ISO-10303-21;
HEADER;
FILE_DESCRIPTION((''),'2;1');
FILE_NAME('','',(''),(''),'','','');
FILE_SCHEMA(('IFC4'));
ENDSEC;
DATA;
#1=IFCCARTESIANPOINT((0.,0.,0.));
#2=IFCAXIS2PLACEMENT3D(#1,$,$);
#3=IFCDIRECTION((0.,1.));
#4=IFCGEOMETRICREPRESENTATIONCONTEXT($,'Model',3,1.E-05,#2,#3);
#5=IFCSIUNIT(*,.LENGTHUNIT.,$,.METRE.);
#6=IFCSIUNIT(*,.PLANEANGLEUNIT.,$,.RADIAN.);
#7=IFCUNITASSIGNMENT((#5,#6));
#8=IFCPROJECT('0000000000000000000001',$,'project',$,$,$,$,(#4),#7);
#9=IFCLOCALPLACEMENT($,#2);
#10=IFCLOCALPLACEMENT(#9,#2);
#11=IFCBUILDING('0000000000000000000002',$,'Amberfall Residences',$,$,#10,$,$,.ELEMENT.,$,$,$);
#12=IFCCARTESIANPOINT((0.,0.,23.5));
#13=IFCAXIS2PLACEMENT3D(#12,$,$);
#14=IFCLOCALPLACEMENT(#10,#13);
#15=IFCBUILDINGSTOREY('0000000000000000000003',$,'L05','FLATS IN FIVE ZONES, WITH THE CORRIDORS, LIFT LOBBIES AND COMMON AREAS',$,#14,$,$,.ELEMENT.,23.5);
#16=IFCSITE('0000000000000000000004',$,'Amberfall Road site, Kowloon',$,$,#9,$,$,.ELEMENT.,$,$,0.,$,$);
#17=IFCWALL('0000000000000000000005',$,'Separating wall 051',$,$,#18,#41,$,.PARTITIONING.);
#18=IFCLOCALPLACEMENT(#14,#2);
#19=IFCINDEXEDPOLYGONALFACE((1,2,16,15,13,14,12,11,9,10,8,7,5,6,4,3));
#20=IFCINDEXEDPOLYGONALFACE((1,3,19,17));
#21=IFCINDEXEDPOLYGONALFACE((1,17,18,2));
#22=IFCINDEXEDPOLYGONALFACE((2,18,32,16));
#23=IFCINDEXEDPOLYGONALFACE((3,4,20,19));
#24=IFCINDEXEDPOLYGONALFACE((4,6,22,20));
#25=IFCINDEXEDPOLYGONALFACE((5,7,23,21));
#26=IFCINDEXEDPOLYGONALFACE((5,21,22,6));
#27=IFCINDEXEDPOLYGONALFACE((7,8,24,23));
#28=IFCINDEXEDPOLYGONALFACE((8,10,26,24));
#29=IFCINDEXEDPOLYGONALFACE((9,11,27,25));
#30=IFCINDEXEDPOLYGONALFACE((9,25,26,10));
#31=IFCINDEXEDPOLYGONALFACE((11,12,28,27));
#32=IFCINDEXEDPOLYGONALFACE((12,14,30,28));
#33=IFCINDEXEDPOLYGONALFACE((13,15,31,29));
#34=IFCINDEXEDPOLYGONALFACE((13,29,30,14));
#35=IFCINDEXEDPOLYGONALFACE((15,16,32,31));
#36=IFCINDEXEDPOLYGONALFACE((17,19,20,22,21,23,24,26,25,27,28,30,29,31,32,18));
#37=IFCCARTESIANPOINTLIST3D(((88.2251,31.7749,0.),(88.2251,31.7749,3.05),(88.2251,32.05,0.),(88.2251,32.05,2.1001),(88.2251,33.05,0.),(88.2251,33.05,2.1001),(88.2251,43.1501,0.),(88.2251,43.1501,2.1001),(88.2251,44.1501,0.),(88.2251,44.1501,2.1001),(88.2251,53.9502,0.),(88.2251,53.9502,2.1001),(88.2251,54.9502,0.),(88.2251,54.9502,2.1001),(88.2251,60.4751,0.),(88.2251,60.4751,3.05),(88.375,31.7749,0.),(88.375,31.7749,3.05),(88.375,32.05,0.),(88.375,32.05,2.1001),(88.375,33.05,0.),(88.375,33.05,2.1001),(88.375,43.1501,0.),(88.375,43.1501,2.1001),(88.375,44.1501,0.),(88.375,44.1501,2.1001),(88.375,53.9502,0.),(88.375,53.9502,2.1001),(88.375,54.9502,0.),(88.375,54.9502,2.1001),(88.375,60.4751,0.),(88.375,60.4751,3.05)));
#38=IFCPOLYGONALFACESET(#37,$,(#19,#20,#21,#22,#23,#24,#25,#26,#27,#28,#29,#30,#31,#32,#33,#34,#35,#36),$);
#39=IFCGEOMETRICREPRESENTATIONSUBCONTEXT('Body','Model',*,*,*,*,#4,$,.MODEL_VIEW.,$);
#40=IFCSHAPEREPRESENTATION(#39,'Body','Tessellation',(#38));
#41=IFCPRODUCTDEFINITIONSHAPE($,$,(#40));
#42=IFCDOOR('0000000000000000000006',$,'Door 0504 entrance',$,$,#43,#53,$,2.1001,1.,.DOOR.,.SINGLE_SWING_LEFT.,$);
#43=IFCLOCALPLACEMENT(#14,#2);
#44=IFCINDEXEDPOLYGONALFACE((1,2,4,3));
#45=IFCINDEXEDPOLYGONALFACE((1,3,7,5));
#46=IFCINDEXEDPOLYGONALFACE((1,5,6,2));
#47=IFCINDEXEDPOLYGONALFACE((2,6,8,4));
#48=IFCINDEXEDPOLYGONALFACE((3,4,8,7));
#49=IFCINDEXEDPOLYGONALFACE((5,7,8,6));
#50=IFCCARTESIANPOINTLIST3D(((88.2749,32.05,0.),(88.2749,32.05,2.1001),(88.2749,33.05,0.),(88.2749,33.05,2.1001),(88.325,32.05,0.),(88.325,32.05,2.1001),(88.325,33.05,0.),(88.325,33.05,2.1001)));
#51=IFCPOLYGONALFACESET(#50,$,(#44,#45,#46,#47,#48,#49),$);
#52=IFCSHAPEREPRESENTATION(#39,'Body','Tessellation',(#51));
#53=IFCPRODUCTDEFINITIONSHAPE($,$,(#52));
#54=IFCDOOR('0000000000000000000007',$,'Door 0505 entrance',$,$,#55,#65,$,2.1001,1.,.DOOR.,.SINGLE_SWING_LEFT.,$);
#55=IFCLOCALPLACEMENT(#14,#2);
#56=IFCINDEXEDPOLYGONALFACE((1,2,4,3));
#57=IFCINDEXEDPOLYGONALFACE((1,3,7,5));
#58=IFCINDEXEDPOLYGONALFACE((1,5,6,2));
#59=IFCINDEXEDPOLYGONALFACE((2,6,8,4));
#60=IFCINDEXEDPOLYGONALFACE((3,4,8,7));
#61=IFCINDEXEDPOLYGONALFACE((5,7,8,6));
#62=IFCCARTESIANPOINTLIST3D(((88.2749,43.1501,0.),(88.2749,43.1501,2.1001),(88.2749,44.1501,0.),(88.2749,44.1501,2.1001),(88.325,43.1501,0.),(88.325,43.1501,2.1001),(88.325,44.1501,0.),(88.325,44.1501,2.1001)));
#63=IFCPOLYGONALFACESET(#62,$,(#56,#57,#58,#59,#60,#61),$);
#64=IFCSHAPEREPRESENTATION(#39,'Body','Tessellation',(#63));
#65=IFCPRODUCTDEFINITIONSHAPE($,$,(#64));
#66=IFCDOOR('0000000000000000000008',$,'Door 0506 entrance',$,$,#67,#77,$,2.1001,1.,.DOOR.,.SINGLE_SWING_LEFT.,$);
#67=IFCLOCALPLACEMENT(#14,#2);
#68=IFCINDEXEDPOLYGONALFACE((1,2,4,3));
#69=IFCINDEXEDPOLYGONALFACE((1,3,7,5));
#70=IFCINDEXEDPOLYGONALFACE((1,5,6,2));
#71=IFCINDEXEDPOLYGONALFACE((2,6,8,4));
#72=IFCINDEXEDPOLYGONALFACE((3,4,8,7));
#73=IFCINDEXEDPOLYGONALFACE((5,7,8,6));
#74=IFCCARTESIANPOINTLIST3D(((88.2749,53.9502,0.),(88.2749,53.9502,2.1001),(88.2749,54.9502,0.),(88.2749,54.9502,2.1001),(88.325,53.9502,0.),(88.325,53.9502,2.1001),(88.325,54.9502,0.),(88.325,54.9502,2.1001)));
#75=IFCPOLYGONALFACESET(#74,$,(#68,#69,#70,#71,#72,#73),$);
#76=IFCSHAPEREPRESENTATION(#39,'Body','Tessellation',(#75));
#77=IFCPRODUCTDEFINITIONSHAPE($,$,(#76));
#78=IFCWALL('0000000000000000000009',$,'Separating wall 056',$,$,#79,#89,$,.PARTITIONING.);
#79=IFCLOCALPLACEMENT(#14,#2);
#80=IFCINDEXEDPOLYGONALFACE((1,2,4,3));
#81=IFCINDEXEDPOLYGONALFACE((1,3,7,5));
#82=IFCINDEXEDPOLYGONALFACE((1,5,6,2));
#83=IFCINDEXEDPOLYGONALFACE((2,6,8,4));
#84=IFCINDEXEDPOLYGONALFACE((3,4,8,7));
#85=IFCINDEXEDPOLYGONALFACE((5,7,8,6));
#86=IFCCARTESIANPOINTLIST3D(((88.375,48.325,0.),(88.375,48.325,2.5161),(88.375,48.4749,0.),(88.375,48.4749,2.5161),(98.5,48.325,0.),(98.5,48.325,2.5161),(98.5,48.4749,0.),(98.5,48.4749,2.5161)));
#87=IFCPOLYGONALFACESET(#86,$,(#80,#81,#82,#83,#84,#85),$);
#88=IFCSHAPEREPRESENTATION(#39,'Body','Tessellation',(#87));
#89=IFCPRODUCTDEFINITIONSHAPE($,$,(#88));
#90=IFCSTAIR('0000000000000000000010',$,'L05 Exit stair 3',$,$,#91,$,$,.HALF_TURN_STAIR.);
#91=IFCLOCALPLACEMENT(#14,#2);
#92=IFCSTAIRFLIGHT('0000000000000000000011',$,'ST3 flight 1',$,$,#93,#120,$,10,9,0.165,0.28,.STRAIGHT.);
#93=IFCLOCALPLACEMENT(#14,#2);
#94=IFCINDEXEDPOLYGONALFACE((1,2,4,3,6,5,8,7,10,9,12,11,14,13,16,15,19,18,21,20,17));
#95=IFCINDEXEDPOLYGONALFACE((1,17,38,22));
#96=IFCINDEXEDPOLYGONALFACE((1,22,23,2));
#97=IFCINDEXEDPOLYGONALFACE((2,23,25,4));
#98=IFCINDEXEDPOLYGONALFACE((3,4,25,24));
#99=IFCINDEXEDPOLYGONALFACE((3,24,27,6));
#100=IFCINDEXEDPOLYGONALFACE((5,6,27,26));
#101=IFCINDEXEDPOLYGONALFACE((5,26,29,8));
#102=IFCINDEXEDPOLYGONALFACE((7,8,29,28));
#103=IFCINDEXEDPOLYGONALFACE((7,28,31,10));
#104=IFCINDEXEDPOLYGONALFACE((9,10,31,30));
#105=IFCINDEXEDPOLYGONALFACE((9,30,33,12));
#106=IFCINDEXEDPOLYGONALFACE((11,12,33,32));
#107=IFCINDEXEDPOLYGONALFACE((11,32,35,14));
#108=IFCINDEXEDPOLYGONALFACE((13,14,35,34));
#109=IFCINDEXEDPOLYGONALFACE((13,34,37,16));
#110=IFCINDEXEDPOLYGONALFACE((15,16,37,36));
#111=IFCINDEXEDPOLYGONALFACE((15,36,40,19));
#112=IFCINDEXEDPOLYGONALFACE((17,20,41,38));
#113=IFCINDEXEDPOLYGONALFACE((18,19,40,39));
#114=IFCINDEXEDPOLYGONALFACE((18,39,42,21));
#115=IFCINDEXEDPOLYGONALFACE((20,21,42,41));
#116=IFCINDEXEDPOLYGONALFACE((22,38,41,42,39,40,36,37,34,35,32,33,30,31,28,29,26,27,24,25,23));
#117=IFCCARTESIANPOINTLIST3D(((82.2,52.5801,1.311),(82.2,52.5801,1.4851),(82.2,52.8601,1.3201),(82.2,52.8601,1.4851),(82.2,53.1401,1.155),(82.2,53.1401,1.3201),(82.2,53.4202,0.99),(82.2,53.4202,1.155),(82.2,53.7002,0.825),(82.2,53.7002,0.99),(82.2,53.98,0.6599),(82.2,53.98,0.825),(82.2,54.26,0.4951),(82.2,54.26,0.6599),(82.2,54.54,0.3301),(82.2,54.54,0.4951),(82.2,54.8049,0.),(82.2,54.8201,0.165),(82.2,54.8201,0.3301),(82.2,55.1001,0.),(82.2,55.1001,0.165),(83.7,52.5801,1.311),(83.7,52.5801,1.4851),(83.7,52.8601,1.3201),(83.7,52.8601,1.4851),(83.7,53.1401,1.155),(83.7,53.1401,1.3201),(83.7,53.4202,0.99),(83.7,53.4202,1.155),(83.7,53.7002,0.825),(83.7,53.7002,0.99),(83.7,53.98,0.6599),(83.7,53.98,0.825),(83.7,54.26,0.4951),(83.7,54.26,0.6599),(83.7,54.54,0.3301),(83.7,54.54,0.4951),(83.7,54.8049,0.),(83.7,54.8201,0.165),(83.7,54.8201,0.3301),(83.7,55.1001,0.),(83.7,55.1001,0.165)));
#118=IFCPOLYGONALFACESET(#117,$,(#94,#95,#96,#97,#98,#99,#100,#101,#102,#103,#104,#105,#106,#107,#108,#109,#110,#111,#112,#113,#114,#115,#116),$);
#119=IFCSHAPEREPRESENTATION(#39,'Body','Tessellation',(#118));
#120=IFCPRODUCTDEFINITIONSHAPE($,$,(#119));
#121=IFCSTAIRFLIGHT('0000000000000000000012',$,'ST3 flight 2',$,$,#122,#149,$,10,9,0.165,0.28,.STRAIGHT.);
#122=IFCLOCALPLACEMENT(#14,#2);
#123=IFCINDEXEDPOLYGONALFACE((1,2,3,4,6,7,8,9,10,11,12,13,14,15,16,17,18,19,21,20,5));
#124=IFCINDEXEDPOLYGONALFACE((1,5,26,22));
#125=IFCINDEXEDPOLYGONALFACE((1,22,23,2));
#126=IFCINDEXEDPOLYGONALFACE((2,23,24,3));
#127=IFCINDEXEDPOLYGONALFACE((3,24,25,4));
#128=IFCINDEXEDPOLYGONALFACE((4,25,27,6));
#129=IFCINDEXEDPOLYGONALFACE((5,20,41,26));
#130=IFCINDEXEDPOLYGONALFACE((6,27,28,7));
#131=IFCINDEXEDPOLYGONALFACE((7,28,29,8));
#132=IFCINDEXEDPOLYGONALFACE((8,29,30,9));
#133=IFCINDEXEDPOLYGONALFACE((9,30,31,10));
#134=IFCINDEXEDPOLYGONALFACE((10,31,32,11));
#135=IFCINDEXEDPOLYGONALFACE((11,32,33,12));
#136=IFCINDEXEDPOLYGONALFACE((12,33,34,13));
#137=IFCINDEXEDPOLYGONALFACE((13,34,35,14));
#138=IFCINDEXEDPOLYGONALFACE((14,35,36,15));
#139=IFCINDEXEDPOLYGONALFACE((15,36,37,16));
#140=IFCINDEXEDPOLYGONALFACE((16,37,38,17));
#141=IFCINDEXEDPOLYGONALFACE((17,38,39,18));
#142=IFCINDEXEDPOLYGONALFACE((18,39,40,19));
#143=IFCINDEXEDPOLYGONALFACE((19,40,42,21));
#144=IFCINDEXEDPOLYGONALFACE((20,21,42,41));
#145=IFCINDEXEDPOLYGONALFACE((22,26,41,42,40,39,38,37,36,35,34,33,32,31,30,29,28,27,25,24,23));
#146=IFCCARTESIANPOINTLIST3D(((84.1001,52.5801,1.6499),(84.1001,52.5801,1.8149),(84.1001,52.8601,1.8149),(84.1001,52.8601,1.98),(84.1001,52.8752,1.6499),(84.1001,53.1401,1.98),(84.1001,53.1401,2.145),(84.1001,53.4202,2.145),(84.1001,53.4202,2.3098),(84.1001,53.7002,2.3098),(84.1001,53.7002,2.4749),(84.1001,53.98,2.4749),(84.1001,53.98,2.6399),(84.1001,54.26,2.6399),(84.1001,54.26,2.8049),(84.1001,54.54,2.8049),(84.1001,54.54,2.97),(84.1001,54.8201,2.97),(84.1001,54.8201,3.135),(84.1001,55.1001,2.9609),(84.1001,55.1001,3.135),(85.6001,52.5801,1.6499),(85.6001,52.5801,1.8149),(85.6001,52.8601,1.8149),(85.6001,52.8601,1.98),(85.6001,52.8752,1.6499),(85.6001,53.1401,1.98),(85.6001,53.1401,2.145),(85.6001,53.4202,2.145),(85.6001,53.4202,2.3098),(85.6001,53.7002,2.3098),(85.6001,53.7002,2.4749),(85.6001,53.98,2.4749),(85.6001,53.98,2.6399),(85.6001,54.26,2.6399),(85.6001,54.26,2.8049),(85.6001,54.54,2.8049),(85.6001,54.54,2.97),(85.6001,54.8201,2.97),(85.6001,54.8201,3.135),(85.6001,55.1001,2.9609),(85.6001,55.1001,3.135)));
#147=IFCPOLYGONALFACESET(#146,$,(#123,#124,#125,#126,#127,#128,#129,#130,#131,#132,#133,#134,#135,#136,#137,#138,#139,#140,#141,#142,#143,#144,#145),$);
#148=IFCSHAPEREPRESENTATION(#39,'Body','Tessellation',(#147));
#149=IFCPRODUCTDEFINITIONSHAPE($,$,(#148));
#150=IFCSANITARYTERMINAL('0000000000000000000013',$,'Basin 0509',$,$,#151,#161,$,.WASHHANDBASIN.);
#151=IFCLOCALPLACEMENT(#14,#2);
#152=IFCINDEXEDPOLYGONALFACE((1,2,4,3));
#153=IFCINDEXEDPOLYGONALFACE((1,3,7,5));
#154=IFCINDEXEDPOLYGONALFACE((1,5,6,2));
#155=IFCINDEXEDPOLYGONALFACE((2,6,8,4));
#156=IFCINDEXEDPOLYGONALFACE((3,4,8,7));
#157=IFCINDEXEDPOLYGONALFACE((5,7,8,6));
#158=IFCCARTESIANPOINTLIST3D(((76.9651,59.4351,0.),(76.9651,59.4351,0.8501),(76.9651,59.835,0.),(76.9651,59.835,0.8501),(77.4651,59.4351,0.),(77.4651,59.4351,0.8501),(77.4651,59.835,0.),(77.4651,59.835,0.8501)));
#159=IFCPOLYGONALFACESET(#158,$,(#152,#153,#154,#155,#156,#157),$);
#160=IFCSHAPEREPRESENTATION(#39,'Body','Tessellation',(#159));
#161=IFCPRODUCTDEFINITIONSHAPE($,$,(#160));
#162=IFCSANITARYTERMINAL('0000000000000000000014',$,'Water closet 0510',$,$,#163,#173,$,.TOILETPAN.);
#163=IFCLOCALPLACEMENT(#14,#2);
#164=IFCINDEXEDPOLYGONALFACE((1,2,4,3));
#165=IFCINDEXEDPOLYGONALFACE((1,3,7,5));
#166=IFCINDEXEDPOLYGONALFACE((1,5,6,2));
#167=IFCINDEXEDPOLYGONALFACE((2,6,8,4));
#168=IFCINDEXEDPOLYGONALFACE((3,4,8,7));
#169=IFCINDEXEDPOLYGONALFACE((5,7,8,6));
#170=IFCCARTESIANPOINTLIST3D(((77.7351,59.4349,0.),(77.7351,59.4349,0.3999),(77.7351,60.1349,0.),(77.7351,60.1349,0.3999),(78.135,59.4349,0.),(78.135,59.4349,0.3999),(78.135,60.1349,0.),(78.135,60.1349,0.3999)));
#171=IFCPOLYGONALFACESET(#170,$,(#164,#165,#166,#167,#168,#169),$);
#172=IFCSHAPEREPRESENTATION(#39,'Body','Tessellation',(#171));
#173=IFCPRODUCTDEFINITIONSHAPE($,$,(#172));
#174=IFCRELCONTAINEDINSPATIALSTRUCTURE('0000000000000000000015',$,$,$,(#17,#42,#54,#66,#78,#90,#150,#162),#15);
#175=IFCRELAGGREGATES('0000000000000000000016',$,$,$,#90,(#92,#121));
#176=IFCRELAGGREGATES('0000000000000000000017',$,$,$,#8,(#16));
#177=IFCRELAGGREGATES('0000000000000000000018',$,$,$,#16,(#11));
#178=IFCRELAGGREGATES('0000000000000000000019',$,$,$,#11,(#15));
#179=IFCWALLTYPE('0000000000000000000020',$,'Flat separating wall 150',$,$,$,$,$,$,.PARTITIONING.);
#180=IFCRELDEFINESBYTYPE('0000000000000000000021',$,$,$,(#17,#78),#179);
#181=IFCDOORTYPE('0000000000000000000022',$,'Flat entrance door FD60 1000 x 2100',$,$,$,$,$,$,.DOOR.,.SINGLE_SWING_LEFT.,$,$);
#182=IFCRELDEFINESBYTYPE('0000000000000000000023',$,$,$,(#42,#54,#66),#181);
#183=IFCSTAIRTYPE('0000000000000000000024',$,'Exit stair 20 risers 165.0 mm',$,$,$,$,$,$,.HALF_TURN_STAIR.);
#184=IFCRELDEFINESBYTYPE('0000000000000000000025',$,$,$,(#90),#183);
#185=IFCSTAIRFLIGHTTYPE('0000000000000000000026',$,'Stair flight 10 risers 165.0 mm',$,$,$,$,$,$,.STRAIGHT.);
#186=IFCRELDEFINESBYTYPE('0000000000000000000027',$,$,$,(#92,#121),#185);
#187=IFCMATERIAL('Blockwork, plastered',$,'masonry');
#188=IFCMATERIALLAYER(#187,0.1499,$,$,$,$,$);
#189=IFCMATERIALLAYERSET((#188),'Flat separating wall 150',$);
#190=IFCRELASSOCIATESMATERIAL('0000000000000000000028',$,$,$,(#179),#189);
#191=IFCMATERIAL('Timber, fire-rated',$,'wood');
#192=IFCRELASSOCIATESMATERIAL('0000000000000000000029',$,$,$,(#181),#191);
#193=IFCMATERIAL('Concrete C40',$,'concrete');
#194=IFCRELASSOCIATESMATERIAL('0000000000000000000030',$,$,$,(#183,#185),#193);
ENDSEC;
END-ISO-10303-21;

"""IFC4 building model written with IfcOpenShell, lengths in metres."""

from ifc_helpers import new_model, si_unit, direction, frame, frame_2d, origin, origin_2d, place, context, subcontext, project, spatial, polyline, rectangle, outline, extrude, material, layer, layer_set, type_object, element, fill, aggregate, save


model = new_model("IFC4")

# Units and contexts
model_context = context("Model", 3, precision=1e-05, world=origin(), true_north=direction((0.0, 1.0)))
body_context = subcontext(model_context, "Body", "Model", "MODEL_VIEW")
ifc_project = project(units=[si_unit("LENGTHUNIT", "METRE"), si_unit("PLANEANGLEUNIT", "RADIAN")], contexts=[model_context])

# Site, building, storey
site_placement = place(None, origin())
site = spatial("IfcSite", under=ifc_project, at=site_placement, Name="Amberfall Road site, Kowloon", CompositionType="ELEMENT", RefElevation=0.0)
building_placement = place(site_placement, origin())
building = spatial("IfcBuilding", under=site, at=building_placement, Name="Amberfall Residences", CompositionType="ELEMENT")
storey_placement = place(building_placement, frame((0.0, 0.0, 23.5)))
storey = spatial("IfcBuildingStorey", under=building, at=storey_placement, Name="L05", Description="FLATS IN FIVE ZONES, WITH THE CORRIDORS, LIFT LOBBIES AND COMMON AREAS", CompositionType="ELEMENT", Elevation=23.5)

# Shared definitions
ifc_material_1 = material(Name="Blockwork, plastered", Category="masonry")
ifc_layer_1 = layer(ifc_material_1, 0.1499)
ifc_layer_set_1 = layer_set([ifc_layer_1], Name="Flat separating wall 150")
wall_type_1 = type_object("IfcWallType", Name="Flat separating wall 150", PredefinedType="PARTITIONING", material=ifc_layer_set_1)

# Wall, openings, doors
wall_1_placement = place(storey_placement, frame((88.3, 60.4751, 0.0), z_axis=(0.0, 0.0, 1.0), x_axis=(0.0, -1.0, 0.0)))
wall_1 = element("IfcWall", 1, at=wall_1_placement, inside=storey, type_object=wall_type_1, Name="Separating wall 051", PredefinedType="PARTITIONING", context=body_context, shape_type="SweptSolid", body=[
    extrude(rectangle(XDim=28.7002, YDim=0.1499, at=frame_2d((14.3501, 0.0))), origin(), (0.0, 0.0, 1.0), 3.05),
])
opening_1_placement = place(wall_1_placement, frame((27.425, 0.0, 0.0)))
opening_1 = element("IfcOpeningElement", 2, at=opening_1_placement, cuts=wall_1, PredefinedType="OPENING", context=body_context, shape_type="SweptSolid", body=[
    extrude(rectangle(XDim=1.0, YDim=2.1001, at=frame_2d((0.5, 1.05))), frame((0.0, 0.085, 0.0), z_axis=(0.0, -1.0, 0.0), x_axis=(1.0, 0.0, 0.0)), (0.0, 0.0, 1.0), 0.1699),
])
opening_2_placement = place(wall_1_placement, frame((16.325, 0.0, 0.0)))
opening_2 = element("IfcOpeningElement", 3, at=opening_2_placement, cuts=wall_1, PredefinedType="OPENING", context=body_context, shape_type="SweptSolid", body=[
    extrude(rectangle(XDim=1.0, YDim=2.1001, at=frame_2d((0.5, 1.05))), frame((0.0, 0.085, 0.0), z_axis=(0.0, -1.0, 0.0), x_axis=(1.0, 0.0, 0.0)), (0.0, 0.0, 1.0), 0.1699),
])
opening_3_placement = place(wall_1_placement, frame((5.5249, 0.0, 0.0)))
opening_3 = element("IfcOpeningElement", 4, at=opening_3_placement, cuts=wall_1, PredefinedType="OPENING", context=body_context, shape_type="SweptSolid", body=[
    extrude(rectangle(XDim=1.0, YDim=2.1001, at=frame_2d((0.5, 1.05))), frame((0.0, 0.085, 0.0), z_axis=(0.0, -1.0, 0.0), x_axis=(1.0, 0.0, 0.0)), (0.0, 0.0, 1.0), 0.1699),
])
ifc_material_2 = material(Name="Timber, fire-rated", Category="wood")
door_type_1 = type_object("IfcDoorType", Name="Flat entrance door FD60 1000 x 2100", OperationType="SINGLE_SWING_LEFT", PredefinedType="DOOR", material=ifc_material_2)
door_1_placement = place(opening_1_placement, origin())
door_1 = element("IfcDoor", 5, at=door_1_placement, inside=storey, type_object=door_type_1, Name="Door 0504 entrance", OperationType="SINGLE_SWING_LEFT", OverallHeight=2.1001, OverallWidth=1.0, PredefinedType="DOOR", context=body_context, shape_type="SweptSolid", body=[
    extrude(rectangle(XDim=1.0, YDim=2.1001, at=frame_2d((0.5, 1.05))), frame((0.0, 0.0249, 0.0), z_axis=(0.0, -1.0, 0.0), x_axis=(1.0, 0.0, 0.0)), (0.0, 0.0, 1.0), 0.05),
])
fill(opening_1, door_1)
door_2_placement = place(opening_2_placement, origin())
door_2 = element("IfcDoor", 6, at=door_2_placement, inside=storey, type_object=door_type_1, Name="Door 0505 entrance", OperationType="SINGLE_SWING_LEFT", OverallHeight=2.1001, OverallWidth=1.0, PredefinedType="DOOR", context=body_context, shape_type="SweptSolid", body=[
    extrude(rectangle(XDim=1.0, YDim=2.1001, at=frame_2d((0.5, 1.05))), frame((0.0, 0.0249, 0.0), z_axis=(0.0, -1.0, 0.0), x_axis=(1.0, 0.0, 0.0)), (0.0, 0.0, 1.0), 0.05),
])
fill(opening_2, door_2)
door_3_placement = place(opening_3_placement, origin())
door_3 = element("IfcDoor", 7, at=door_3_placement, inside=storey, type_object=door_type_1, Name="Door 0506 entrance", OperationType="SINGLE_SWING_LEFT", OverallHeight=2.1001, OverallWidth=1.0, PredefinedType="DOOR", context=body_context, shape_type="SweptSolid", body=[
    extrude(rectangle(XDim=1.0, YDim=2.1001, at=frame_2d((0.5, 1.05))), frame((0.0, 0.0249, 0.0), z_axis=(0.0, -1.0, 0.0), x_axis=(1.0, 0.0, 0.0)), (0.0, 0.0, 1.0), 0.05),
])
fill(opening_3, door_3)

# Wall
wall_2_placement = place(storey_placement, frame((88.375, 48.3999, 0.0), z_axis=(0.0, 0.0, 1.0), x_axis=(1.0, 0.0, 0.0)))
element("IfcWall", 8, at=wall_2_placement, inside=storey, type_object=wall_type_1, Name="Separating wall 056", PredefinedType="PARTITIONING", context=body_context, shape_type="SweptSolid", body=[
    extrude(rectangle(XDim=10.125, YDim=0.1499, at=frame_2d((5.0625, 0.0))), origin(), (0.0, 0.0, 1.0), 2.5161),
])

# Stair, stair flights
ifc_material_3 = material(Name="Concrete C40", Category="concrete")
stair_type = type_object("IfcStairType", Name="Exit stair 20 risers 165.0 mm", PredefinedType="HALF_TURN_STAIR", material=ifc_material_3)
stair_placement = place(storey_placement, origin())
stair = element("IfcStair", 9, at=stair_placement, inside=storey, type_object=stair_type, Name="L05 Exit stair 3", PredefinedType="HALF_TURN_STAIR")
stair_flight_type = type_object("IfcStairFlightType", Name="Stair flight 10 risers 165.0 mm", PredefinedType="STRAIGHT", material=ifc_material_3)
stair_flight_1_placement = place(storey_placement, frame((82.95, 55.1001, 0.0), z_axis=(0.0, 0.0, 1.0), x_axis=(0.0, -1.0, 0.0)))
stair_flight_1 = element("IfcStairFlight", 10, at=stair_flight_1_placement, type_object=stair_flight_type, Name="ST3 flight 1", NumberOfRisers=10, NumberOfTreads=9, PredefinedType="STRAIGHT", RiserHeight=0.165, TreadLength=0.28, context=body_context, shape_type="SweptSolid", body=[
    extrude(outline(polyline([(0.0, 0.0), (0.0, 0.165), (0.28, 0.165), (0.28, 0.3301), (0.5601, 0.3301), (0.5601, 0.4951), (0.8401, 0.4951), (0.8401, 0.6599), (1.1201, 0.6599), (1.1201, 0.825), (1.3999, 0.825), (1.3999, 0.99), (1.6799, 0.99), (1.6799, 1.155), (1.96, 1.155), (1.96, 1.3201), (2.24, 1.3201), (2.24, 1.4851), (2.52, 1.4851), (2.52, 1.6499), (2.52, 1.311), (0.2952, 0.0), (0.0, 0.0)])), frame((0.0, 0.75, 0.0), z_axis=(0.0, -1.0, 0.0), x_axis=(1.0, 0.0, 0.0)), (0.0, 0.0, 1.0), 1.5),
])
stair_flight_2_placement = place(storey_placement, frame((84.8501, 52.5801, 1.6499), z_axis=(0.0, 0.0, 1.0), x_axis=(0.0, 1.0, 0.0)))
stair_flight_2 = element("IfcStairFlight", 11, at=stair_flight_2_placement, type_object=stair_flight_type, Name="ST3 flight 2", NumberOfRisers=10, NumberOfTreads=9, PredefinedType="STRAIGHT", RiserHeight=0.165, TreadLength=0.28, context=body_context, shape_type="SweptSolid", body=[
    extrude(outline(polyline([(0.0, 0.0), (0.0, 0.165), (0.28, 0.165), (0.28, 0.3301), (0.5601, 0.3301), (0.5601, 0.4951), (0.8401, 0.4951), (0.8401, 0.6599), (1.1201, 0.6599), (1.1201, 0.825), (1.3999, 0.825), (1.3999, 0.99), (1.6799, 0.99), (1.6799, 1.155), (1.96, 1.155), (1.96, 1.3201), (2.24, 1.3201), (2.24, 1.4851), (2.52, 1.4851), (2.52, 1.6499), (2.52, 1.311), (0.2952, 0.0), (0.0, 0.0)])), frame((0.0, 0.75, 0.0), z_axis=(0.0, -1.0, 0.0), x_axis=(1.0, 0.0, 0.0)), (0.0, 0.0, 1.0), 1.5),
])
aggregate(stair, [stair_flight_1, stair_flight_2])

# Sanitary terminals
sanitary_terminal_1_placement = place(storey_placement, frame((77.2151, 59.635, 0.0), z_axis=(0.0, 0.0, 1.0), x_axis=(1.0, 0.0, 0.0)))
element("IfcSanitaryTerminal", 12, at=sanitary_terminal_1_placement, inside=storey, Name="Basin 0509", PredefinedType="WASHHANDBASIN", context=body_context, shape_type="SweptSolid", body=[
    extrude(rectangle(XDim=0.5, YDim=0.3999, at=origin_2d()), origin(), (0.0, 0.0, 1.0), 0.8501),
])
sanitary_terminal_2_placement = place(storey_placement, frame((77.9351, 59.7849, 0.0), z_axis=(0.0, 0.0, 1.0), x_axis=(1.0, 0.0, 0.0)))
element("IfcSanitaryTerminal", 13, at=sanitary_terminal_2_placement, inside=storey, Name="Water closet 0510", PredefinedType="TOILETPAN", context=body_context, shape_type="SweptSolid", body=[
    extrude(rectangle(XDim=0.3999, YDim=0.7, at=origin_2d()), origin(), (0.0, 0.0, 1.0), 0.3999),
])

save(model, "model.ifc")
